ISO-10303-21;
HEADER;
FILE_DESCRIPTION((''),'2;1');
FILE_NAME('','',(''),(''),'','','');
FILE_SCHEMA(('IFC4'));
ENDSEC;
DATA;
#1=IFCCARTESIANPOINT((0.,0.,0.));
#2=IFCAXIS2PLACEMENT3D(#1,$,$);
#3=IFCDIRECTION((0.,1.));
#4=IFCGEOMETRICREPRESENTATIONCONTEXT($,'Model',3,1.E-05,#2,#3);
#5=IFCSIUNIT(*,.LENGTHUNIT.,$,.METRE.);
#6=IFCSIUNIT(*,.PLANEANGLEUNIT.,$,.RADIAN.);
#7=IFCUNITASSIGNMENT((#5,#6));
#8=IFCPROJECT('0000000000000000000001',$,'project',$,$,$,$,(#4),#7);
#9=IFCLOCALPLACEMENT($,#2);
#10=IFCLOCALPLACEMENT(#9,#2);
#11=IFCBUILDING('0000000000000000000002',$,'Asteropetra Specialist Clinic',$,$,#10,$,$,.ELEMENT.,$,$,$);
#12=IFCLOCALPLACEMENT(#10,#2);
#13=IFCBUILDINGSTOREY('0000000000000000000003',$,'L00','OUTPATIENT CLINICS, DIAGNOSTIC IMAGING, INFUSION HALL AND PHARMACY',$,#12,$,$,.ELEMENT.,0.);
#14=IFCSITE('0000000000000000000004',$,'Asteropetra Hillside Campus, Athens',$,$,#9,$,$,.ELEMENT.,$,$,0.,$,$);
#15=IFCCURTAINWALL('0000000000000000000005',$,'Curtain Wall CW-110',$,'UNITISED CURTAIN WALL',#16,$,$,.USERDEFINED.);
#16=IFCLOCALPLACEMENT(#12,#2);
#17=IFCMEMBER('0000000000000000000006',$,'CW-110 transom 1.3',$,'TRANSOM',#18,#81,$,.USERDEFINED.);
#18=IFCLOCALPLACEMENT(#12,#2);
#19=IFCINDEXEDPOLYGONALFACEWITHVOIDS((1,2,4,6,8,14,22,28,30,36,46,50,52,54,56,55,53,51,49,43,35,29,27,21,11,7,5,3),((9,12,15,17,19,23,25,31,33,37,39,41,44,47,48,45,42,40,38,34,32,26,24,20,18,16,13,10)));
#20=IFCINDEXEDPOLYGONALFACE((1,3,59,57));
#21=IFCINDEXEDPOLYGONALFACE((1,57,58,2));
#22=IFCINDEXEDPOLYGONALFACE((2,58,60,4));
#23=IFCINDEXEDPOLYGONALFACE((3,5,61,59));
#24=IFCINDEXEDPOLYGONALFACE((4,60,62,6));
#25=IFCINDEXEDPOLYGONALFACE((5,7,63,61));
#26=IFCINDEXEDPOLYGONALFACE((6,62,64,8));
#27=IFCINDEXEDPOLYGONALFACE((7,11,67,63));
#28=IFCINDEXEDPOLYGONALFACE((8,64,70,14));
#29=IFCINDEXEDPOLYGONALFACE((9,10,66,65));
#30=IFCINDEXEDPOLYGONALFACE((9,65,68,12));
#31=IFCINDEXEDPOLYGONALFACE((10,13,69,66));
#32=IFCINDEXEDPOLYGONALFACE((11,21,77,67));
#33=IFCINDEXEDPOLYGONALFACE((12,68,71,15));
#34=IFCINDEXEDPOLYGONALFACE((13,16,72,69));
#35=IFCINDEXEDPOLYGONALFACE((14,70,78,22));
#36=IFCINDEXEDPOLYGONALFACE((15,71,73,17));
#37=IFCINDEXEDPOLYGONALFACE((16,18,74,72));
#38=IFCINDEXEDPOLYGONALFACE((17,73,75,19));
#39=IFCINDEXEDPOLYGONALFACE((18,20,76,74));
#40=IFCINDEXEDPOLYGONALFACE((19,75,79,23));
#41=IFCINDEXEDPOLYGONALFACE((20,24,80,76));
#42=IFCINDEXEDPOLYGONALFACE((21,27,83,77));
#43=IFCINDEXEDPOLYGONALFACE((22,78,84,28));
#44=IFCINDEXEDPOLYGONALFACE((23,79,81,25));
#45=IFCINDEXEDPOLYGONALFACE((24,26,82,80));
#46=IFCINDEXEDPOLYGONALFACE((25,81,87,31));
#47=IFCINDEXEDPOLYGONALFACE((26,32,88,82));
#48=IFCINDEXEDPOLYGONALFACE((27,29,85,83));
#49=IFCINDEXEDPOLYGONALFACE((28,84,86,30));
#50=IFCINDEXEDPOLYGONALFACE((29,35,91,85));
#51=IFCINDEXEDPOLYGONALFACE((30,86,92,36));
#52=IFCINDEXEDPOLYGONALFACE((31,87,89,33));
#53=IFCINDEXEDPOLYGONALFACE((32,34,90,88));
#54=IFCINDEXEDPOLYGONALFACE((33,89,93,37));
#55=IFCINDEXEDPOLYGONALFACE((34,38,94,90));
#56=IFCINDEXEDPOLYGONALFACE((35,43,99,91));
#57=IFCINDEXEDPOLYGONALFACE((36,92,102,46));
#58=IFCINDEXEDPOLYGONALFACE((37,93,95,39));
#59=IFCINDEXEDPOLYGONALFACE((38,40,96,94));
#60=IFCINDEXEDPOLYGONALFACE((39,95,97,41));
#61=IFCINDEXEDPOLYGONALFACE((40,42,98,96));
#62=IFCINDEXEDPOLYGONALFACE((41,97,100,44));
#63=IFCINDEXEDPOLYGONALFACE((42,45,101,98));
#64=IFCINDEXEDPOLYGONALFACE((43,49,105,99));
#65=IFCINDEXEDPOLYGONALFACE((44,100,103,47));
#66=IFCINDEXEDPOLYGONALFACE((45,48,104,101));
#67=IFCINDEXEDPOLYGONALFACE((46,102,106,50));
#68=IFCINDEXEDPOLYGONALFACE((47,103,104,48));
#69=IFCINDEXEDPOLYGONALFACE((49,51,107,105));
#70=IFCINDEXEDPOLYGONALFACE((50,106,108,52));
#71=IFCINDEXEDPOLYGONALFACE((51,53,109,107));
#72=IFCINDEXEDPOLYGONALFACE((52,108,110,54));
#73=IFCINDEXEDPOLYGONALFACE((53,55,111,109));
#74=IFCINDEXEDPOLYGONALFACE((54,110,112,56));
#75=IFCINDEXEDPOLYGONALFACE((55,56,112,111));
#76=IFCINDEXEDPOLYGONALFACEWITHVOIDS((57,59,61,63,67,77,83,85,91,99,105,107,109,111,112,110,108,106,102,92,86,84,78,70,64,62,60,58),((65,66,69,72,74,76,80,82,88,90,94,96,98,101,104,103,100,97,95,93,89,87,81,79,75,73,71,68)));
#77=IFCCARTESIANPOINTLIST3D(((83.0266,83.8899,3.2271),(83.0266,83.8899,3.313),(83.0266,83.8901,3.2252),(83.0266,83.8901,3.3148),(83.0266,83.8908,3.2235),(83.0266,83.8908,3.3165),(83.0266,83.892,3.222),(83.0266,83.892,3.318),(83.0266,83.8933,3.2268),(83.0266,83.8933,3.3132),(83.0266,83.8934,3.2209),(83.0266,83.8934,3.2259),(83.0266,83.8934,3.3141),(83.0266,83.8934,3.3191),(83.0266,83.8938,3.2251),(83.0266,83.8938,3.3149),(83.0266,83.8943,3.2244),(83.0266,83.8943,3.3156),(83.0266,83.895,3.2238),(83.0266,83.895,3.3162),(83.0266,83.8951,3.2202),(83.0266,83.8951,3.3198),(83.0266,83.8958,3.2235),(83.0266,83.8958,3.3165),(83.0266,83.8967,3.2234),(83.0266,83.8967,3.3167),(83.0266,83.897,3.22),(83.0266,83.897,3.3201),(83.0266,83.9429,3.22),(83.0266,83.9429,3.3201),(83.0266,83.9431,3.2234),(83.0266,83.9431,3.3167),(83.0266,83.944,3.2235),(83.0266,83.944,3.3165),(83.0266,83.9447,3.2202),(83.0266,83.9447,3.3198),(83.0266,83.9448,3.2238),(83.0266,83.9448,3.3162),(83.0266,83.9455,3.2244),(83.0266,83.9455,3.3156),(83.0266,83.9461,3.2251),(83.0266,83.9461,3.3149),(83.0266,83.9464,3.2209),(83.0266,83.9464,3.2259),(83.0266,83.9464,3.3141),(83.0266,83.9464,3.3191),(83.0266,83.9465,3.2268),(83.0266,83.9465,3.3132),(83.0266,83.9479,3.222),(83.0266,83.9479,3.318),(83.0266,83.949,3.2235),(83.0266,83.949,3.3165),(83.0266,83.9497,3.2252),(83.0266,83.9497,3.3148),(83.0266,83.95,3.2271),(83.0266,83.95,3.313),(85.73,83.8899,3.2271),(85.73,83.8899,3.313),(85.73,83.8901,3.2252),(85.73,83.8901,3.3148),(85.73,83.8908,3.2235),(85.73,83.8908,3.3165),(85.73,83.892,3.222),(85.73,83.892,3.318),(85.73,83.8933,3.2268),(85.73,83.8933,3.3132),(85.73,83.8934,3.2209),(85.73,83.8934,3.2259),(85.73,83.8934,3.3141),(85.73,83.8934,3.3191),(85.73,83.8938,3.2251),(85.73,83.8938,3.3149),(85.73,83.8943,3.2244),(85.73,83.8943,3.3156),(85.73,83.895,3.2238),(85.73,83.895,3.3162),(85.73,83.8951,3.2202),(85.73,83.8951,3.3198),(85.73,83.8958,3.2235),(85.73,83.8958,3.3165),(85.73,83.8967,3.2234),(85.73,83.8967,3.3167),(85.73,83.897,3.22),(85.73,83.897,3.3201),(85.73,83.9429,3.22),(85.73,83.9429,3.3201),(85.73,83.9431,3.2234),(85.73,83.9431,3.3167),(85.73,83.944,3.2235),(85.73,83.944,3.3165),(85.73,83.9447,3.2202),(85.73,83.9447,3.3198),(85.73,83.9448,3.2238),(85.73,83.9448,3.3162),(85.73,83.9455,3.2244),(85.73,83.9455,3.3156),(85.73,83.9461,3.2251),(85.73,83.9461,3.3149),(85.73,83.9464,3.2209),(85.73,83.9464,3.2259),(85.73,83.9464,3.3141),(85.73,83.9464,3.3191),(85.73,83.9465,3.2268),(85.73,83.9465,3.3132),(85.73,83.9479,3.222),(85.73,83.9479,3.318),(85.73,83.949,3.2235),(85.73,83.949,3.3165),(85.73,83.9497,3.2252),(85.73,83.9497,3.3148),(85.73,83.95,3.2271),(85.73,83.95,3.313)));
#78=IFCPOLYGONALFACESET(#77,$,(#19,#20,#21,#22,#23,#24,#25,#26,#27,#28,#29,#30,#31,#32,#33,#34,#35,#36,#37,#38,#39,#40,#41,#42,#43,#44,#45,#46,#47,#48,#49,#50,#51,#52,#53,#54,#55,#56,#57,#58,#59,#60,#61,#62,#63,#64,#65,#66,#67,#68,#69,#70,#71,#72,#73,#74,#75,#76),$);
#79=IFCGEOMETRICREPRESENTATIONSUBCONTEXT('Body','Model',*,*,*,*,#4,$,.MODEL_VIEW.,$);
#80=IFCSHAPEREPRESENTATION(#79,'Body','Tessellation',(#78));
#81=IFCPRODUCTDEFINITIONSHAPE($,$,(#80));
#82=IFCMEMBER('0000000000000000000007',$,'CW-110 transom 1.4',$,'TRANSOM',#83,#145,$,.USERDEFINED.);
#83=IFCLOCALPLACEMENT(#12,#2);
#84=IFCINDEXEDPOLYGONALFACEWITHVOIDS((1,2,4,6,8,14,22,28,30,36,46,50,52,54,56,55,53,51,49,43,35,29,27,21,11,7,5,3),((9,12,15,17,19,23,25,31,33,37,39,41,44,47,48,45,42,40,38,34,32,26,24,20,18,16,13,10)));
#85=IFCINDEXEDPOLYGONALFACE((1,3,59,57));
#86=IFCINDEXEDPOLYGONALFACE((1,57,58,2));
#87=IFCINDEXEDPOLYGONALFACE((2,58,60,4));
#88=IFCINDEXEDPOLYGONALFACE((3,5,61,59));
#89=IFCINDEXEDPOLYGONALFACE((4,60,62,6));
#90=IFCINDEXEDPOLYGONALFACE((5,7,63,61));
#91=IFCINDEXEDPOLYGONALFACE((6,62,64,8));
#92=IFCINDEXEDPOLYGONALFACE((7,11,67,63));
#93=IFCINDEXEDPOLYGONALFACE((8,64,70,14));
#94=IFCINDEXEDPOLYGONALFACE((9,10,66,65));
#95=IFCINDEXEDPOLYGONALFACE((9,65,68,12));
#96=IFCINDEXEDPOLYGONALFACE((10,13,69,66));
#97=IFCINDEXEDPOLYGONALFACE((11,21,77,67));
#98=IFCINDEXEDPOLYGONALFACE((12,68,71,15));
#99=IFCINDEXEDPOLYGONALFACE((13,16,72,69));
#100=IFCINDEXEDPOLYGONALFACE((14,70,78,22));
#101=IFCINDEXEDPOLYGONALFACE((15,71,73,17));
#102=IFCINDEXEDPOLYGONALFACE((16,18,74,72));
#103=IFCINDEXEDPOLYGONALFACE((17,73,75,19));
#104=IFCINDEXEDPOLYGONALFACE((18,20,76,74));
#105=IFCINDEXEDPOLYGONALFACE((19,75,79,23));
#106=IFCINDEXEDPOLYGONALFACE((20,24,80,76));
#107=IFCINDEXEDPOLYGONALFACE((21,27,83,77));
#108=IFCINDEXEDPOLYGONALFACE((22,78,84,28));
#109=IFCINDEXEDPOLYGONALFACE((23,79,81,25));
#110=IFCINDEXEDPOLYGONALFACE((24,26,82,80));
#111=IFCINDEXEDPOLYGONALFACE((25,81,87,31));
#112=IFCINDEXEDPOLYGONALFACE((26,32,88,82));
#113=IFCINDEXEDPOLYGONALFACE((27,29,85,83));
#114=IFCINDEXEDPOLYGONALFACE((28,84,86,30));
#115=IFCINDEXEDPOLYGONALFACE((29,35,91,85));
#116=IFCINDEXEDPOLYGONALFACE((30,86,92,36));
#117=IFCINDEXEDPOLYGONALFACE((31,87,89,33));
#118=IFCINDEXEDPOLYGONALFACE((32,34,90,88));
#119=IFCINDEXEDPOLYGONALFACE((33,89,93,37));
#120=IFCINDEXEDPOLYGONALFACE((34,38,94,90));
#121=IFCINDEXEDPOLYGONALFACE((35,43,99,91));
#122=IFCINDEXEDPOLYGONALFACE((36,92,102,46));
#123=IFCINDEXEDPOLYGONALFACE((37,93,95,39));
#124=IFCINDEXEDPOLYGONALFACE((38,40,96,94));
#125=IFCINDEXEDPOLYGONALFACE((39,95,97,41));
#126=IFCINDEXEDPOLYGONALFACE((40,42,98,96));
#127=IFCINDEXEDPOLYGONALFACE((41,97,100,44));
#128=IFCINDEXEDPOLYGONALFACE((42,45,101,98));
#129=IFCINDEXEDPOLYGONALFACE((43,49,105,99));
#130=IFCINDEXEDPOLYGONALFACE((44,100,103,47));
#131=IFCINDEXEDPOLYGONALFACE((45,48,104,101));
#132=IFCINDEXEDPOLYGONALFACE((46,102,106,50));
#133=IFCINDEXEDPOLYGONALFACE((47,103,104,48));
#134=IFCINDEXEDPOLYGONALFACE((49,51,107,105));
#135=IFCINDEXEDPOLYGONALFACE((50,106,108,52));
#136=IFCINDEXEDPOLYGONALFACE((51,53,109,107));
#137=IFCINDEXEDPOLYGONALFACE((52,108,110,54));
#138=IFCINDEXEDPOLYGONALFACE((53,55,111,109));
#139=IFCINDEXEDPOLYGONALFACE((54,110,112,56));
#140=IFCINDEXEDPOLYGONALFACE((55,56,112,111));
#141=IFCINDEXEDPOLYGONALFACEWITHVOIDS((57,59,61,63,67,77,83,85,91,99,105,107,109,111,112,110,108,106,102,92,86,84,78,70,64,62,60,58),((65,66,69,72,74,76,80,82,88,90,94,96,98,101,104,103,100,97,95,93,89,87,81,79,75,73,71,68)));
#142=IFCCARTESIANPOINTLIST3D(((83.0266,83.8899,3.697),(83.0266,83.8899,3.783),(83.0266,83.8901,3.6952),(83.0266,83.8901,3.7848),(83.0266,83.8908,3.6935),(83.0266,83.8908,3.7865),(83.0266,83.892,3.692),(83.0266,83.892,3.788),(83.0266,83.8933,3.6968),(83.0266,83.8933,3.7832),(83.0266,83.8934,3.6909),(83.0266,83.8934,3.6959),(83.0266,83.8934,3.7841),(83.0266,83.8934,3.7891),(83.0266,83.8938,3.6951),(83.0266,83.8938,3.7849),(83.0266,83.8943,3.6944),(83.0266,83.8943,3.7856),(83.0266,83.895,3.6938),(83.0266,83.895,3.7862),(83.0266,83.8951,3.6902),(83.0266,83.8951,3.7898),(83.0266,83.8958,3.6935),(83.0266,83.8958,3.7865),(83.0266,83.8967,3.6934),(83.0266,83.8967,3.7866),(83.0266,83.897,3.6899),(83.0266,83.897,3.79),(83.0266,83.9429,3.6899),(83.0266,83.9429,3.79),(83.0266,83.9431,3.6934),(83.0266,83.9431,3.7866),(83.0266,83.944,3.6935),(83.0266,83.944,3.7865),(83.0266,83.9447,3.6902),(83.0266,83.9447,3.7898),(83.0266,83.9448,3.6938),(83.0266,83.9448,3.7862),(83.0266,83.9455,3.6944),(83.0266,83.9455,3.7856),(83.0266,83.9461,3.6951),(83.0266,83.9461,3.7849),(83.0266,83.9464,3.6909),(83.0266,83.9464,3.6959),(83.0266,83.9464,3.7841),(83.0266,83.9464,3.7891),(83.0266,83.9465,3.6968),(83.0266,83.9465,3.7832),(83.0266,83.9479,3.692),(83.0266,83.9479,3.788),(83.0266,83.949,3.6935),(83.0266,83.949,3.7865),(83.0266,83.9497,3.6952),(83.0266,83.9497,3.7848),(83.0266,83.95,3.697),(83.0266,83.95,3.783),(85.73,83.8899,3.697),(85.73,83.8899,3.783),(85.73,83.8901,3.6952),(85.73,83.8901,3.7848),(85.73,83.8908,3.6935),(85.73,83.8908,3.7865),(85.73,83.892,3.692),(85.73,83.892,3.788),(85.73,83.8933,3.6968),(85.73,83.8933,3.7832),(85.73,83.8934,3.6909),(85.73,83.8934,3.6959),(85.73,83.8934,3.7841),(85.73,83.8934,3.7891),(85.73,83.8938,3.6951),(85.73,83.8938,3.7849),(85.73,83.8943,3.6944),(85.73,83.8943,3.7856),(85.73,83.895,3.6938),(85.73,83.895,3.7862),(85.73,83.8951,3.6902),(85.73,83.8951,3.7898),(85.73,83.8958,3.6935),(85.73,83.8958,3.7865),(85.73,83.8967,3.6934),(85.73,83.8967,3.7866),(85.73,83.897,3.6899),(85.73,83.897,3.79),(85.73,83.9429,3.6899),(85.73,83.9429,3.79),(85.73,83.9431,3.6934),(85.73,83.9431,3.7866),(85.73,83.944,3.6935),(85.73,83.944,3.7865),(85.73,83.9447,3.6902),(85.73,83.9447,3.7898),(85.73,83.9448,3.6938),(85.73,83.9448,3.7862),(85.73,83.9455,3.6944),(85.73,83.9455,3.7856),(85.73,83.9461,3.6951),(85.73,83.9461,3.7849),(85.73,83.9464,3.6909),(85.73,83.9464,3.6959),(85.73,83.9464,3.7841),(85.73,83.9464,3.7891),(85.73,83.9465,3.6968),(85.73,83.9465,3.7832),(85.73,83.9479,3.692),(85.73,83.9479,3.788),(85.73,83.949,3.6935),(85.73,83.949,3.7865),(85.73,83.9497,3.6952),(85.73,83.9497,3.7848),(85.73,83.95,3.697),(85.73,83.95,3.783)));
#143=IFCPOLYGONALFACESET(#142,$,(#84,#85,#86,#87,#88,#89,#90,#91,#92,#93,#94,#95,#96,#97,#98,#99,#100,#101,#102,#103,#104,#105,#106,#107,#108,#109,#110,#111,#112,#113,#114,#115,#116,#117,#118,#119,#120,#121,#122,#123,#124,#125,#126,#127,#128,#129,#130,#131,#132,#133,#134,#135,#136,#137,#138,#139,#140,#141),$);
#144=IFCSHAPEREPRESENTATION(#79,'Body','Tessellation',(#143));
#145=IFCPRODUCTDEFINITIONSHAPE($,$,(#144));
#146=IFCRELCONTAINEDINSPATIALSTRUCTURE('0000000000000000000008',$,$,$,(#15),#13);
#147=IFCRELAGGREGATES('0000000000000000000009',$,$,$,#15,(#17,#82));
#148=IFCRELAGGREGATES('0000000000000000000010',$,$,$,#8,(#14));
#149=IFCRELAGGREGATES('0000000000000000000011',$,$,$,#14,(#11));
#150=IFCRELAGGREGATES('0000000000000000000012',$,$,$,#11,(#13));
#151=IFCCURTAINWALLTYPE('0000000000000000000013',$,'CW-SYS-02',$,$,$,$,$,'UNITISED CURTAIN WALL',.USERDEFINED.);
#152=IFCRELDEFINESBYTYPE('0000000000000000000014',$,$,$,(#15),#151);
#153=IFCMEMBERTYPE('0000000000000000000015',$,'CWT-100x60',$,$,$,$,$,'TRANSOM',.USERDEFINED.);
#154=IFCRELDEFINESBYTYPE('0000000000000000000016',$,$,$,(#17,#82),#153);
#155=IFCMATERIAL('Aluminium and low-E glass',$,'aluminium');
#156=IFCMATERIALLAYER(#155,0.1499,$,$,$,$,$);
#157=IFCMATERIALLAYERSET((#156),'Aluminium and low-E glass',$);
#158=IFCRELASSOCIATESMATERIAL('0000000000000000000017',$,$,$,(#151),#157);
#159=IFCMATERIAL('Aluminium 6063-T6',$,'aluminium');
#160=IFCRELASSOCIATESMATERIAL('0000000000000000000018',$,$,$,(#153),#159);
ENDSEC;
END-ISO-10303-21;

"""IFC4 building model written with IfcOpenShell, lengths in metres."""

from ifc_helpers import new_model, si_unit, direction, frame, origin, origin_2d, place, context, subcontext, project, spatial, hollow_rectangle, extrude, material, layer, layer_set, material_profile, profile_set, type_object, element, aggregate, save


model = new_model("IFC4")

# Units and contexts
model_context = context("Model", 3, precision=1e-05, world=origin(), true_north=direction((0.0, 1.0)))
body_context = subcontext(model_context, "Body", "Model", "MODEL_VIEW")
ifc_project = project(units=[si_unit("LENGTHUNIT", "METRE"), si_unit("PLANEANGLEUNIT", "RADIAN")], contexts=[model_context])

# Site, building, storey
site_placement = place(None, origin())
site = spatial("IfcSite", under=ifc_project, at=site_placement, Name="Asteropetra Hillside Campus, Athens", CompositionType="ELEMENT", RefElevation=0.0)
building_placement = place(site_placement, origin())
building = spatial("IfcBuilding", under=site, at=building_placement, Name="Asteropetra Specialist Clinic", CompositionType="ELEMENT")
storey_placement = place(building_placement, origin())
storey = spatial("IfcBuildingStorey", under=building, at=storey_placement, Name="L00", Description="OUTPATIENT CLINICS, DIAGNOSTIC IMAGING, INFUSION HALL AND PHARMACY", CompositionType="ELEMENT", Elevation=0.0)

# Curtain wall
ifc_material_1 = material(Name="Aluminium and low-E glass", Category="aluminium")
ifc_layer_1 = layer(ifc_material_1, 0.1499)
ifc_layer_set_1 = layer_set([ifc_layer_1], Name="Aluminium and low-E glass")
curtain_wall_type_1 = type_object("IfcCurtainWallType", Name="CW-SYS-02", ElementType="UNITISED CURTAIN WALL", PredefinedType="USERDEFINED", material=ifc_layer_set_1)
curtain_wall_1_placement = place(storey_placement, origin())
curtain_wall_1 = element("IfcCurtainWall", 1, at=curtain_wall_1_placement, inside=storey, type_object=curtain_wall_type_1, Name="Curtain Wall CW-110", ObjectType="UNITISED CURTAIN WALL", PredefinedType="USERDEFINED")

# Members
ifc_material_2 = material(Name="Aluminium 6063-T6", Category="aluminium")
ifc_material_profile_1 = material_profile(ifc_material_2, hollow_rectangle(XDim=0.0601, YDim=0.1001, WallThickness=0.0034, InnerFilletRadius=0.0034, OuterFilletRadius=0.0071, at=origin_2d()), Name="TRN 100x60x3.5")
ifc_profile_set_1 = profile_set([ifc_material_profile_1], Name="Aluminium 6063-T6")
member_type_1 = type_object("IfcMemberType", Name="CWT-100x60", ElementType="TRANSOM", PredefinedType="USERDEFINED", material=ifc_profile_set_1)
member_1_placement = place(storey_placement, frame((85.73, 83.9199, 3.27), z_axis=(-1.0, 0.0, 0.0), x_axis=(0.0, -1.0, 0.0)))
member_1 = element("IfcMember", 2, at=member_1_placement, type_object=member_type_1, Name="CW-110 transom 1.3", ObjectType="TRANSOM", PredefinedType="USERDEFINED", context=body_context, shape_type="SweptSolid", body=[
    extrude(hollow_rectangle(XDim=0.0601, YDim=0.1001, WallThickness=0.0034, InnerFilletRadius=0.0034, OuterFilletRadius=0.0071, at=origin_2d()), origin(), (0.0, 0.0, 1.0), 2.7034),
])
member_2_placement = place(storey_placement, frame((85.73, 83.9199, 3.74), z_axis=(-1.0, 0.0, 0.0), x_axis=(0.0, -1.0, 0.0)))
member_2 = element("IfcMember", 3, at=member_2_placement, type_object=member_type_1, Name="CW-110 transom 1.4", ObjectType="TRANSOM", PredefinedType="USERDEFINED", context=body_context, shape_type="SweptSolid", body=[
    extrude(hollow_rectangle(XDim=0.0601, YDim=0.1001, WallThickness=0.0034, InnerFilletRadius=0.0034, OuterFilletRadius=0.0071, at=origin_2d()), origin(), (0.0, 0.0, 1.0), 2.7034),
])

aggregate(curtain_wall_1, [member_1, member_2])

save(model, "model.ifc")
